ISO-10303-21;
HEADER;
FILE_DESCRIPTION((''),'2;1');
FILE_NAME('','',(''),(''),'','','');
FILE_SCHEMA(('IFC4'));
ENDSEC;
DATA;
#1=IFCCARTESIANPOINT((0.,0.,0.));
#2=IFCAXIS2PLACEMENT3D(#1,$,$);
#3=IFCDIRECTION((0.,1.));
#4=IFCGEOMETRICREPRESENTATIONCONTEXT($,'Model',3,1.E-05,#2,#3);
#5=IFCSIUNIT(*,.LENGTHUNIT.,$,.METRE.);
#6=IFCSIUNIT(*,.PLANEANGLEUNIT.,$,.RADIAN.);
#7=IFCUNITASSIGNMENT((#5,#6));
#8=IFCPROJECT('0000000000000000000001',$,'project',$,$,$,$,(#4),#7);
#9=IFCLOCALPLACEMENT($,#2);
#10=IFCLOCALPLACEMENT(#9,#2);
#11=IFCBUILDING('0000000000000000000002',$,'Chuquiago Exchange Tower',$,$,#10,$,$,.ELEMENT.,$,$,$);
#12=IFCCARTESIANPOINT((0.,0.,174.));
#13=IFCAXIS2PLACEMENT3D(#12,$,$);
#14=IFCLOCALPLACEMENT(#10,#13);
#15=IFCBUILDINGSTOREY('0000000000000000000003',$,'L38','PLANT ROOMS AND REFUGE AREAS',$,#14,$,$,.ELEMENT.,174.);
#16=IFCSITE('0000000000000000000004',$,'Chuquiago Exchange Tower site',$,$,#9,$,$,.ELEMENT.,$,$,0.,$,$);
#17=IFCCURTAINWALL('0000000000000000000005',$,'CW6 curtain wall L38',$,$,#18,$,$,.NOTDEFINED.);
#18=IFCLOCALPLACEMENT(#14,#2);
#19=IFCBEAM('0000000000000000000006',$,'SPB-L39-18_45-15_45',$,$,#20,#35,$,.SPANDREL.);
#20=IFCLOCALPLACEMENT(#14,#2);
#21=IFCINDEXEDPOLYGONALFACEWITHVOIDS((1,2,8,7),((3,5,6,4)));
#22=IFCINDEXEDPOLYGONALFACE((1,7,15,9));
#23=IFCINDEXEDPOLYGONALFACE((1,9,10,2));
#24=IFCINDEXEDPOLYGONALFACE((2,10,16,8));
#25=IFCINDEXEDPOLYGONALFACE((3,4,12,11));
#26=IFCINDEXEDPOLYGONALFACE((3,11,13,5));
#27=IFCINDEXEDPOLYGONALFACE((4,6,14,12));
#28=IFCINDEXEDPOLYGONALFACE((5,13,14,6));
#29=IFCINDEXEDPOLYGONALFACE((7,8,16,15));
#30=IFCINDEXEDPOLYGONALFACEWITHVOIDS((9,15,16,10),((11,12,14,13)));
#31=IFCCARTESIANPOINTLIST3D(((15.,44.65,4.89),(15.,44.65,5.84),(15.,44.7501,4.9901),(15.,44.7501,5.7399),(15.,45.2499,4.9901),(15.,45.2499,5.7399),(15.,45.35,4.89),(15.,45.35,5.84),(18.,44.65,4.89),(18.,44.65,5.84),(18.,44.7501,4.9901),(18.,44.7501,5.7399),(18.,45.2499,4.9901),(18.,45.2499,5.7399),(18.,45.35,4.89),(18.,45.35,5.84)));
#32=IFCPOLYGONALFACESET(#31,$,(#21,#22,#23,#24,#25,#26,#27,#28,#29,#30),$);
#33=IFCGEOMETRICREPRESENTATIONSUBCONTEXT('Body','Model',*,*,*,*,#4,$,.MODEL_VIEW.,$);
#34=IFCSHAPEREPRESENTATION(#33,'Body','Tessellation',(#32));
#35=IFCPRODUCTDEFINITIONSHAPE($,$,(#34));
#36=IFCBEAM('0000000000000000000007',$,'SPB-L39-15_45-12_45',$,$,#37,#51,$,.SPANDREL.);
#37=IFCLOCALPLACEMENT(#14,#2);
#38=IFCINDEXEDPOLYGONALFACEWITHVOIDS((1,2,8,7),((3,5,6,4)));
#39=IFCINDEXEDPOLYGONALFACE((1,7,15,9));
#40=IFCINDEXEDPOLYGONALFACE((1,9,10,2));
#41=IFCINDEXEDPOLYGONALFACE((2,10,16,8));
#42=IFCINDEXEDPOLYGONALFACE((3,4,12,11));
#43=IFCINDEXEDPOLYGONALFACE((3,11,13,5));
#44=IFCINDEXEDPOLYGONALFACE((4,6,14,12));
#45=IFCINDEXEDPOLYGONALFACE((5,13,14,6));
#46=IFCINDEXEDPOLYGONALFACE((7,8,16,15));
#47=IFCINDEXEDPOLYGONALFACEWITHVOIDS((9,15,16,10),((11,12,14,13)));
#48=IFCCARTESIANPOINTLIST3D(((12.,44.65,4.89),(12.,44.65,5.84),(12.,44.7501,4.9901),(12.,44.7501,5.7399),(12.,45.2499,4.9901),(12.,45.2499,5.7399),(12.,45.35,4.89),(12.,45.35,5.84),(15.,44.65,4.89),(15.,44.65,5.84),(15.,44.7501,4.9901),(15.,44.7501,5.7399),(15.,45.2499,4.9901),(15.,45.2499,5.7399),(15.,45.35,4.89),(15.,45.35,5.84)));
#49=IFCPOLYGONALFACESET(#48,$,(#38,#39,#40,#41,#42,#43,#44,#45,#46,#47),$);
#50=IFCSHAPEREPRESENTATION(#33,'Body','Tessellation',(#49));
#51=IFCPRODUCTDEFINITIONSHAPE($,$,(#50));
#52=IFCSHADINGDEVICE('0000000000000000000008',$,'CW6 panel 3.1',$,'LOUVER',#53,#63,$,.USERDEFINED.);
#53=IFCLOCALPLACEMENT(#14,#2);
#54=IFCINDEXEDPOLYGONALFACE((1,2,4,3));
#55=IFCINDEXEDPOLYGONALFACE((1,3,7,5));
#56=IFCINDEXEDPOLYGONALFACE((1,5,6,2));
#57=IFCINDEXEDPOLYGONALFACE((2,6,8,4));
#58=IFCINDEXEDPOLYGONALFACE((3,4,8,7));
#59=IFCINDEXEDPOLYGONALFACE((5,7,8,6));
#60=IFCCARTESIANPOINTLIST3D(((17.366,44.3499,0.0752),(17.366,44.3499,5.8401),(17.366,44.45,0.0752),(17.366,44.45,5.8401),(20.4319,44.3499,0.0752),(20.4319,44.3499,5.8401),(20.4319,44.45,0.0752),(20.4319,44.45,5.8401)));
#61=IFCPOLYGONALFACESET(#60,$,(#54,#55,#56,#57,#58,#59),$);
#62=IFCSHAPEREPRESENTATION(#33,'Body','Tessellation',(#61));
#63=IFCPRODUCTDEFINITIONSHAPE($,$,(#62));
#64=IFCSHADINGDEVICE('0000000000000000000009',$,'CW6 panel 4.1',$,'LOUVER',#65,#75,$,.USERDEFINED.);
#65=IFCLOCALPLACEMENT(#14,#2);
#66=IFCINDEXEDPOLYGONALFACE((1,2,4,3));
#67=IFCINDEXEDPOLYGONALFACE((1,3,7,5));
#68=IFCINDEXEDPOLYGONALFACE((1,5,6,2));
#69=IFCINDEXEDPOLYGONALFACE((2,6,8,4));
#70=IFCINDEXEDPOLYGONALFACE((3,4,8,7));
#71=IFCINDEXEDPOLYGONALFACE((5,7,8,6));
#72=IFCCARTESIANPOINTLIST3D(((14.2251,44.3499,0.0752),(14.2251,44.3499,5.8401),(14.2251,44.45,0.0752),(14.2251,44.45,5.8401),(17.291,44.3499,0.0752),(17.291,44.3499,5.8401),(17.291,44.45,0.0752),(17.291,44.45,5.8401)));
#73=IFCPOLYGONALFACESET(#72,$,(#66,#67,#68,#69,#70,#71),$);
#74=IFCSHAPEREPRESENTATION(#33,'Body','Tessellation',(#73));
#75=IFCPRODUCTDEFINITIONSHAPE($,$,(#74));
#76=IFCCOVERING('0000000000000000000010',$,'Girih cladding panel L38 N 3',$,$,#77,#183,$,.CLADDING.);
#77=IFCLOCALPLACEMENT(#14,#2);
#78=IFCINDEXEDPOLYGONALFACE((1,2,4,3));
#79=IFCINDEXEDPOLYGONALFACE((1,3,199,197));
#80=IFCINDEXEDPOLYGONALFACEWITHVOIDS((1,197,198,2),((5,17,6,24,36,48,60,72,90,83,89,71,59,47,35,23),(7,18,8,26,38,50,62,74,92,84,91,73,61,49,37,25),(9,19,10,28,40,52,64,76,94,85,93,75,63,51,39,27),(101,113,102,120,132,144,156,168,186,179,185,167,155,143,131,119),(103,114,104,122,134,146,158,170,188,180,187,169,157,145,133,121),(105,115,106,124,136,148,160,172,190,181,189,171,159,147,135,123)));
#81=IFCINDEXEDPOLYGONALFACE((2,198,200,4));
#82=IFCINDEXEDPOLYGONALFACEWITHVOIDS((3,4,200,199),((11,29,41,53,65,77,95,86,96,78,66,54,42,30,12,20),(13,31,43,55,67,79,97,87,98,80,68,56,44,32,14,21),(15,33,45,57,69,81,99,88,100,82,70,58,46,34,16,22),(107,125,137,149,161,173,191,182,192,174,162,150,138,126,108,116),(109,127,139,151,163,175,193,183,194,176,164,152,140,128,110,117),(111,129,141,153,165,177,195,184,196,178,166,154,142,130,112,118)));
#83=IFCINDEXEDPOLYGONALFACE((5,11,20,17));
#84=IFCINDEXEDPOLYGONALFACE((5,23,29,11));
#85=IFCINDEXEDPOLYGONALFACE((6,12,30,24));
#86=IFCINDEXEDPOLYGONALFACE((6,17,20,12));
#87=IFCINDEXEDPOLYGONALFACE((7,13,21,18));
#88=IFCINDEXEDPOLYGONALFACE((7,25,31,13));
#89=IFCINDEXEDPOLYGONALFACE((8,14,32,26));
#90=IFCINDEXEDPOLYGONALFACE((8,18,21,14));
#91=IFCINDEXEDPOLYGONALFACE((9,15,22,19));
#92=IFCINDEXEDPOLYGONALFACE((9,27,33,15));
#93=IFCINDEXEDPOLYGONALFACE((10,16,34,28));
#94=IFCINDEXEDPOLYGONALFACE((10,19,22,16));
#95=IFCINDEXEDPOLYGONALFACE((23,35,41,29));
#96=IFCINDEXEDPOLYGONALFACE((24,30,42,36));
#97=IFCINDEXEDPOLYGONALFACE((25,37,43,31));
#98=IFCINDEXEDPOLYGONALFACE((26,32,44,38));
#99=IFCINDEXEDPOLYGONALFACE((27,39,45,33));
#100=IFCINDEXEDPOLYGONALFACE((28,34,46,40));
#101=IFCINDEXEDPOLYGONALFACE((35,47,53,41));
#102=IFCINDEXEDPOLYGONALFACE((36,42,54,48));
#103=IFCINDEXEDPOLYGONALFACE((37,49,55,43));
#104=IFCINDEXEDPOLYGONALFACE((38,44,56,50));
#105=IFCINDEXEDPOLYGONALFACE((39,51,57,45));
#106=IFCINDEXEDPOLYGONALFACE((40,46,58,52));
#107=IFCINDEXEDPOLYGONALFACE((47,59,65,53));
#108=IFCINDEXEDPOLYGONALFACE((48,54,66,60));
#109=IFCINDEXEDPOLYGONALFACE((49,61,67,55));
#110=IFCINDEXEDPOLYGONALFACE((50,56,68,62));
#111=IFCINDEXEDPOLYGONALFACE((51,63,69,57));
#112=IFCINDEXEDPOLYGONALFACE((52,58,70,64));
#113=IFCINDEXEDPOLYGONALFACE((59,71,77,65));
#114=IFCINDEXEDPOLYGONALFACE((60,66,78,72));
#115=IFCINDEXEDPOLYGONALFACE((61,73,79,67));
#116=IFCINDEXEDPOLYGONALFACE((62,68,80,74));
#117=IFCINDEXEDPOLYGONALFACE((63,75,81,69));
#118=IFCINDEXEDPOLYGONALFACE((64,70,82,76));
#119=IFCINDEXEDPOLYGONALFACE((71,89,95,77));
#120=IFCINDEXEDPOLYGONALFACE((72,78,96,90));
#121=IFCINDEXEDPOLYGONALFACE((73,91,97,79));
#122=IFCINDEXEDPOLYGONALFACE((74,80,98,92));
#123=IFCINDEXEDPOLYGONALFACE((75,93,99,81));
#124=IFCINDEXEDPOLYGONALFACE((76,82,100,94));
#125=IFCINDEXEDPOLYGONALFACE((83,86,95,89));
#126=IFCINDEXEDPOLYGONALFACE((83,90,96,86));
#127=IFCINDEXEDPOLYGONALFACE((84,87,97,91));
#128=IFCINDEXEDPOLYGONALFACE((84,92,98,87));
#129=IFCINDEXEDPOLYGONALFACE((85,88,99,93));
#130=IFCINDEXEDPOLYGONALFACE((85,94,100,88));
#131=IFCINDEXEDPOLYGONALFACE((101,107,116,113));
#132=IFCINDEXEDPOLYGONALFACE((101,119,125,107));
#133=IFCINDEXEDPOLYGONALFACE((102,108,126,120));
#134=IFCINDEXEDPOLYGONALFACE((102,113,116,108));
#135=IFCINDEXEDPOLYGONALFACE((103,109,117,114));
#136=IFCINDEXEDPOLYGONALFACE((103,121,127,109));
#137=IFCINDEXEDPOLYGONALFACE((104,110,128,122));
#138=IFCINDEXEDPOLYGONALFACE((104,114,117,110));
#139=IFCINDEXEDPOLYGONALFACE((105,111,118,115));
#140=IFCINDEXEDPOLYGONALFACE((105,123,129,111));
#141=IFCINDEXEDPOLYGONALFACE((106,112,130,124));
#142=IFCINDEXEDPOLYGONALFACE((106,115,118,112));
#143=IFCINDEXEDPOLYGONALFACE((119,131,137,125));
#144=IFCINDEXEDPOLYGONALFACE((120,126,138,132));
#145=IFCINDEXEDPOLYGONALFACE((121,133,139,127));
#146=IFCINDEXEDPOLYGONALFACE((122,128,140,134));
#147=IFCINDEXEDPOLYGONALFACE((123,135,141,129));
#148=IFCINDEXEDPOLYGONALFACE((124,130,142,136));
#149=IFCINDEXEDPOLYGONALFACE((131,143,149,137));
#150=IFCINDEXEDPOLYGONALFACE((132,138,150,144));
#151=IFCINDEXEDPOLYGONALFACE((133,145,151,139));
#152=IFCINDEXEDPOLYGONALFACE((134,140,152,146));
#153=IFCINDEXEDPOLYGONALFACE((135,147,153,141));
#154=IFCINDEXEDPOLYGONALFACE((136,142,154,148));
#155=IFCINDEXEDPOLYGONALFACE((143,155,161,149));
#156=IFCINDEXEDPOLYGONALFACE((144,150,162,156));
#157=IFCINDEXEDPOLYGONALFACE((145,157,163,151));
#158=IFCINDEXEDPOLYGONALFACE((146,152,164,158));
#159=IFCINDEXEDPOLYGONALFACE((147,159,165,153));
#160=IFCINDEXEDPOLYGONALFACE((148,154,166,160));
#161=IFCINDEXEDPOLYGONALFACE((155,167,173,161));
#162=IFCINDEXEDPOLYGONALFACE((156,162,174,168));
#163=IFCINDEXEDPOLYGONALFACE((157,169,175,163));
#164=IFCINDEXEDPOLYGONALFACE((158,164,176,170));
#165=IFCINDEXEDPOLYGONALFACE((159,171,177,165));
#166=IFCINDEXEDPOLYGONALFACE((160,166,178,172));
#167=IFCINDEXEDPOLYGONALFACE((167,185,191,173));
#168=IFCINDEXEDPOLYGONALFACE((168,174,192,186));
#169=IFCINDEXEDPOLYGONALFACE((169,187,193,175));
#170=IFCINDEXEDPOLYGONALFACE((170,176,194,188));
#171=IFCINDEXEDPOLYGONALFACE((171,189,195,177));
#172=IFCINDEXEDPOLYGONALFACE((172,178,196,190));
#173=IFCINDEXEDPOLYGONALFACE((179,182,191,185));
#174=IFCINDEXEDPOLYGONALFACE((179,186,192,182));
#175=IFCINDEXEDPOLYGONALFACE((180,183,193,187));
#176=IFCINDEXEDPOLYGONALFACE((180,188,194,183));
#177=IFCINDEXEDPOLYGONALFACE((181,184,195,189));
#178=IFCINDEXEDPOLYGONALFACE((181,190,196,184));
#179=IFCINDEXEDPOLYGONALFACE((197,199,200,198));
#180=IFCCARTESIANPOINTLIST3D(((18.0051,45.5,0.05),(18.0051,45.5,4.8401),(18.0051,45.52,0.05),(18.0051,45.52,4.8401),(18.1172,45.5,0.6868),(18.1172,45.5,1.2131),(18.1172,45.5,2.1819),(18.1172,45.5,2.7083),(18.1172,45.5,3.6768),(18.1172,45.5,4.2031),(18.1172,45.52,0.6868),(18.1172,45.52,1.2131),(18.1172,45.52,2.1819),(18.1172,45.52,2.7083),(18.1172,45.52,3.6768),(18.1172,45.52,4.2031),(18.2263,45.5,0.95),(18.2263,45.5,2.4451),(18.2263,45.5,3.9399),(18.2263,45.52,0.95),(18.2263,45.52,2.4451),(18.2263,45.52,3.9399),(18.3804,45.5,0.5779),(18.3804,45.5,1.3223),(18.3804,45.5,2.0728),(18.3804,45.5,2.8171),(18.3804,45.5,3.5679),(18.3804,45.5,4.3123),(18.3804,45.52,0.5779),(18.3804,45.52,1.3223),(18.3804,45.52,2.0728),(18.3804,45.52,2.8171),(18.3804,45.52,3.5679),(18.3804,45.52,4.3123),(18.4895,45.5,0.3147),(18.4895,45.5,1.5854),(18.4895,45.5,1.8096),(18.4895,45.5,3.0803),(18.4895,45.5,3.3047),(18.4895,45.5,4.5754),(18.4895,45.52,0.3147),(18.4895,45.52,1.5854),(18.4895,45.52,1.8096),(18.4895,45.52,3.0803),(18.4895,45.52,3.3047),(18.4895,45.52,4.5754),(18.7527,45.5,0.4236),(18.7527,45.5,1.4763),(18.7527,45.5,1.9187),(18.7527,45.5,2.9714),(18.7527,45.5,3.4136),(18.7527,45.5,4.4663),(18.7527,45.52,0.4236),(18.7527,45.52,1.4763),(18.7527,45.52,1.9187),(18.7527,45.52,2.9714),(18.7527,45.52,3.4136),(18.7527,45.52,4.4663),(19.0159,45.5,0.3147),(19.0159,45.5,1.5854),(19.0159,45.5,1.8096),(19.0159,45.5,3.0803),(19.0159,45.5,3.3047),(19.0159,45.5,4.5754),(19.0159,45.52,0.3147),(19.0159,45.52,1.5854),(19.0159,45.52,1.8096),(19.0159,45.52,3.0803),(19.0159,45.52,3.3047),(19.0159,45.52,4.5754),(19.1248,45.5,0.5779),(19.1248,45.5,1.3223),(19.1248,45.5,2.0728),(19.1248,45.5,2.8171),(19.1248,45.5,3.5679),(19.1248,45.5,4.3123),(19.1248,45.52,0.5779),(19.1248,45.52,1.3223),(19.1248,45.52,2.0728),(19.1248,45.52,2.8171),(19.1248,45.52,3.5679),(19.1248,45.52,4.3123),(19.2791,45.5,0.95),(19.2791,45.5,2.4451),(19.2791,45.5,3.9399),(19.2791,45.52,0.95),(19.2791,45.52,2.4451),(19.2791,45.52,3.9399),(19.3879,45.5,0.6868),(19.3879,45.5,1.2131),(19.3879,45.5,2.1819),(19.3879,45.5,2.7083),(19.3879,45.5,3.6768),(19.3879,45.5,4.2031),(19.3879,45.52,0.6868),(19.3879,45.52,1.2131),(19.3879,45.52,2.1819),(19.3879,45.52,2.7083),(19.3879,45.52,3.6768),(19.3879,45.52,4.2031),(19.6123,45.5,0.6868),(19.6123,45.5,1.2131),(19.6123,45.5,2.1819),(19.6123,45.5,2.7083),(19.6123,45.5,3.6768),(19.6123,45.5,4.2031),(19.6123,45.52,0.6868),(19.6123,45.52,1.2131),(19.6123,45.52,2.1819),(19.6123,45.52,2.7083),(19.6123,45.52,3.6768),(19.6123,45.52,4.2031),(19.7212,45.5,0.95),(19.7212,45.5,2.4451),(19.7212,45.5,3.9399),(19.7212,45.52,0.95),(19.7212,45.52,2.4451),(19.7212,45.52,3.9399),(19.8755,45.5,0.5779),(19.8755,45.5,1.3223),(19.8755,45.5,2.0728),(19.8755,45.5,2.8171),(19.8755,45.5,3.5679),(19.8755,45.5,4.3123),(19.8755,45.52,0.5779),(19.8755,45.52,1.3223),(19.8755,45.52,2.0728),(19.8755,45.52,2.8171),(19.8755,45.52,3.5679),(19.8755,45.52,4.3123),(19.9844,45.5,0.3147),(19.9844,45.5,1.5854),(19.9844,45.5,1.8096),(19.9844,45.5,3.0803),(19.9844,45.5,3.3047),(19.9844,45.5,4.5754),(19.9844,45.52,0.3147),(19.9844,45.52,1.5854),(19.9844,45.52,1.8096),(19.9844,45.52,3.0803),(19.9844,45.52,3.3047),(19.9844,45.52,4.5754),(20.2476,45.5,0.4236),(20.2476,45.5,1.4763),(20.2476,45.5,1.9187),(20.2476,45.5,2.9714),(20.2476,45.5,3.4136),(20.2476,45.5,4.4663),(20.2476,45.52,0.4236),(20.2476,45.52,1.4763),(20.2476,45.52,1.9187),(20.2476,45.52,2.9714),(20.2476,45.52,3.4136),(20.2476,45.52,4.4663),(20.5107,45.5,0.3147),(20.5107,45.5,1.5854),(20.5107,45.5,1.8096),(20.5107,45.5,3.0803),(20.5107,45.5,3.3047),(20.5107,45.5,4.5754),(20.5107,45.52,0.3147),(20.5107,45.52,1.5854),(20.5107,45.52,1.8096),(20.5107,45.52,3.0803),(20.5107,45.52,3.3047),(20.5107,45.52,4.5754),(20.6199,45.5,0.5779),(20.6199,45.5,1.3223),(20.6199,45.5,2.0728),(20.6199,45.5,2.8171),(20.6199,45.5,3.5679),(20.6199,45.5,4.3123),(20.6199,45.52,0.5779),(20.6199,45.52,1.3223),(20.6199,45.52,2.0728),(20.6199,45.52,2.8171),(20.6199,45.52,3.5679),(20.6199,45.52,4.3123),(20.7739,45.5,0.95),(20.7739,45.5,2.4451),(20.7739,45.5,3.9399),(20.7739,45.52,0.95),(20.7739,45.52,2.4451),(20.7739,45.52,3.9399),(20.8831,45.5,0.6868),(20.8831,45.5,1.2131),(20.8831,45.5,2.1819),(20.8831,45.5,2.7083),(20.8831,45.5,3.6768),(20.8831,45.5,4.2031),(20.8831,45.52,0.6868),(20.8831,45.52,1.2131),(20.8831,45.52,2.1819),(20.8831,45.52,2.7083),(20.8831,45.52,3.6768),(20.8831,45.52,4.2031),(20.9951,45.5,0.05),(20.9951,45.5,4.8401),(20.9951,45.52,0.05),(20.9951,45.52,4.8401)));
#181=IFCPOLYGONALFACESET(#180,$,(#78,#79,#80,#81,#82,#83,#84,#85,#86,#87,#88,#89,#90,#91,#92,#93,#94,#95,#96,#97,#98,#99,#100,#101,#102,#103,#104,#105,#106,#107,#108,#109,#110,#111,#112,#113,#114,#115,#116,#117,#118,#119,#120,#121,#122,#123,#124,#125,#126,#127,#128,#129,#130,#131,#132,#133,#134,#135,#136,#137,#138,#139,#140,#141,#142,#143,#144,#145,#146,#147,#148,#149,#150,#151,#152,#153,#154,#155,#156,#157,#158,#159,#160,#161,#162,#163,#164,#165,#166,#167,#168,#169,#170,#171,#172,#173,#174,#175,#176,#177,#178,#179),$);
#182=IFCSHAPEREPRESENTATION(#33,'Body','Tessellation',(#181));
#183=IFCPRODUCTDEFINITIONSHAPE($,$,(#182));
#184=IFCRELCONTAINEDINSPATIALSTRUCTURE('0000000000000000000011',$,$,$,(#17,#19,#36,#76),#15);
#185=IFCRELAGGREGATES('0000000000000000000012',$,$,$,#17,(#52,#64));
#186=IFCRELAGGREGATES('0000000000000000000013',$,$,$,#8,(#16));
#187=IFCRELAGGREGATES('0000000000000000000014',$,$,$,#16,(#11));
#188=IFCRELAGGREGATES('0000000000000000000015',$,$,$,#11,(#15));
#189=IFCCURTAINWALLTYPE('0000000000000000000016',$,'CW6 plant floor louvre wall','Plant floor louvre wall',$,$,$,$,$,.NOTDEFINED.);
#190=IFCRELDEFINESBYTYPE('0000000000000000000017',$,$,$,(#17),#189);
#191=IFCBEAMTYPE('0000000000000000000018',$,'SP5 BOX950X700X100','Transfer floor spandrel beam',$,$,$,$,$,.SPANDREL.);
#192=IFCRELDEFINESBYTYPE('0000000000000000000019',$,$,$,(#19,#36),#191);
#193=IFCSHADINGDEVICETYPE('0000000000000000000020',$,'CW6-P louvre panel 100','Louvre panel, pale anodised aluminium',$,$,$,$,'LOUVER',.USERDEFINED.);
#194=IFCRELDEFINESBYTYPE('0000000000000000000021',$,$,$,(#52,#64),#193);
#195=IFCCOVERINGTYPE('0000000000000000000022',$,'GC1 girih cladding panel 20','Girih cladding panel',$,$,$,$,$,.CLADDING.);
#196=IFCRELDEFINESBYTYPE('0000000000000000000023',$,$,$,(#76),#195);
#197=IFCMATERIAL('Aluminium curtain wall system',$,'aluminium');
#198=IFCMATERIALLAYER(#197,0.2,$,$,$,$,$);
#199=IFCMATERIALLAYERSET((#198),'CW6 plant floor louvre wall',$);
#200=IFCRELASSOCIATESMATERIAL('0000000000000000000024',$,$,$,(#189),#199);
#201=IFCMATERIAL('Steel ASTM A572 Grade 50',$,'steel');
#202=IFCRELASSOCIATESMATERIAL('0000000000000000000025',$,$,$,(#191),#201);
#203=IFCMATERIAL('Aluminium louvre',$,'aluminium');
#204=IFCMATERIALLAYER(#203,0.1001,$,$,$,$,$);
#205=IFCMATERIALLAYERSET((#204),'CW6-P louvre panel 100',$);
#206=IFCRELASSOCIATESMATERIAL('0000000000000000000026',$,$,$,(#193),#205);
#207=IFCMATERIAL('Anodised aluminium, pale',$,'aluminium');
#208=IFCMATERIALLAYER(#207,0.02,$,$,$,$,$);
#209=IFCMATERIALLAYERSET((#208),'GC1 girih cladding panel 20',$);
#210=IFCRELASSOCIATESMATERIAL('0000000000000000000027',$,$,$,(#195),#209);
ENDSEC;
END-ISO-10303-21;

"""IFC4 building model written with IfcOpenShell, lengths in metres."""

from ifc_helpers import new_model, si_unit, direction, frame, origin, origin_2d, place, context, subcontext, project, spatial, polyline, rectangle, hollow_rectangle, outline, extrude, material, layer, layer_set, material_profile, profile_set, type_object, element, aggregate, save


model = new_model("IFC4")

# Units and contexts
model_context = context("Model", 3, precision=1e-05, world=origin(), true_north=direction((0.0, 1.0)))
body_context = subcontext(model_context, "Body", "Model", "MODEL_VIEW")
ifc_project = project(units=[si_unit("LENGTHUNIT", "METRE"), si_unit("PLANEANGLEUNIT", "RADIAN")], contexts=[model_context])

# Site, building, storey
site_placement = place(None, origin())
site = spatial("IfcSite", under=ifc_project, at=site_placement, Name="Chuquiago Exchange Tower site", CompositionType="ELEMENT", RefElevation=0.0)
building_placement = place(site_placement, origin())
building = spatial("IfcBuilding", under=site, at=building_placement, Name="Chuquiago Exchange Tower", CompositionType="ELEMENT")
storey_placement = place(building_placement, frame((0.0, 0.0, 174.0)))
storey = spatial("IfcBuildingStorey", under=building, at=storey_placement, Name="L38", Description="PLANT ROOMS AND REFUGE AREAS", CompositionType="ELEMENT", Elevation=174.0)

# Curtain wall
ifc_material_1 = material(Name="Aluminium curtain wall system", Category="aluminium")
ifc_layer_1 = layer(ifc_material_1, 0.2)
ifc_layer_set_1 = layer_set([ifc_layer_1], Name="CW6 plant floor louvre wall")
curtain_wall_type = type_object("IfcCurtainWallType", Name="CW6 plant floor louvre wall", Description="Plant floor louvre wall", PredefinedType="NOTDEFINED", material=ifc_layer_set_1)
curtain_wall_placement = place(storey_placement, origin())
curtain_wall = element("IfcCurtainWall", 1, at=curtain_wall_placement, inside=storey, type_object=curtain_wall_type, Name="CW6 curtain wall L38", PredefinedType="NOTDEFINED")

# Beams
ifc_material_2 = material(Name="Steel ASTM A572 Grade 50", Category="steel")
ifc_material_profile_1 = material_profile(ifc_material_2, hollow_rectangle(XDim=0.7, YDim=0.95, WallThickness=0.1001, at=origin_2d()), Name="BOX950X700X100")
ifc_profile_set_1 = profile_set([ifc_material_profile_1], Name="Steel ASTM A572 Grade 50")
beam_type = type_object("IfcBeamType", Name="SP5 BOX950X700X100", Description="Transfer floor spandrel beam", PredefinedType="SPANDREL", material=ifc_profile_set_1)
for number, where, z_axis, x_axis, name in (
    (2, (18.0, 45.0, 5.365), (-1.0, 0.0, 0.0), (0.0, -1.0, 0.0), "SPB-L39-18_45-15_45"),
    (3, (15.0, 45.0, 5.365), (-1.0, 0.0, 0.0), (0.0, -1.0, 0.0), "SPB-L39-15_45-12_45"),
):
    element("IfcBeam", number, at=place(storey_placement, frame(where, z_axis=z_axis, x_axis=x_axis)), inside=storey, type_object=beam_type, Name=name, PredefinedType="SPANDREL", context=body_context, shape_type="SweptSolid", body=[
        extrude(hollow_rectangle(XDim=0.7, YDim=0.95, WallThickness=0.1001, at=origin_2d()), origin(), (0.0, 0.0, 1.0), 3.0),
    ])

# Shading devices
ifc_material_3 = material(Name="Aluminium louvre", Category="aluminium")
ifc_layer_2 = layer(ifc_material_3, 0.1001)
ifc_layer_set_2 = layer_set([ifc_layer_2], Name="CW6-P louvre panel 100")
shading_device_type = type_object("IfcShadingDeviceType", Name="CW6-P louvre panel 100", Description="Louvre panel, pale anodised aluminium", ElementType="LOUVER", PredefinedType="USERDEFINED", material=ifc_layer_set_2)
shading_device_1_placement = place(storey_placement, frame((18.8989, 44.3999, 0.0752), z_axis=(0.0, 0.0, 1.0), x_axis=(-1.0, 0.0, 0.0)))
shading_device_1 = element("IfcShadingDevice", 4, at=shading_device_1_placement, type_object=shading_device_type, Name="CW6 panel 3.1", ObjectType="LOUVER", PredefinedType="USERDEFINED", context=body_context, shape_type="SweptSolid", body=[
    extrude(rectangle(XDim=3.0659, YDim=0.1001, at=origin_2d()), origin(), (0.0, 0.0, 1.0), 5.7649),
])
shading_device_2_placement = place(storey_placement, frame((15.7581, 44.3999, 0.0752), z_axis=(0.0, 0.0, 1.0), x_axis=(-1.0, 0.0, 0.0)))
shading_device_2 = element("IfcShadingDevice", 5, at=shading_device_2_placement, type_object=shading_device_type, Name="CW6 panel 4.1", ObjectType="LOUVER", PredefinedType="USERDEFINED", context=body_context, shape_type="SweptSolid", body=[
    extrude(rectangle(XDim=3.0659, YDim=0.1001, at=origin_2d()), origin(), (0.0, 0.0, 1.0), 5.7649),
])
aggregate(curtain_wall, [shading_device_1, shading_device_2])

# Covering
ifc_material_4 = material(Name="Anodised aluminium, pale", Category="aluminium")
ifc_layer_3 = layer(ifc_material_4, 0.02)
ifc_layer_set_3 = layer_set([ifc_layer_3], Name="GC1 girih cladding panel 20")
covering_type = type_object("IfcCoveringType", Name="GC1 girih cladding panel 20", Description="Girih cladding panel", PredefinedType="CLADDING", material=ifc_layer_set_3)
covering_1_placement = place(storey_placement, frame((20.9951, 45.5, 0.05), z_axis=(0.0, 0.0, 1.0), x_axis=(-1.0, 0.0, 0.0)))
element("IfcCovering", 6, at=covering_1_placement, inside=storey, type_object=covering_type, Name="Girih cladding panel L38 N 3", PredefinedType="CLADDING", context=body_context, shape_type="SweptSolid", body=[
    extrude(outline(polyline([(0.0, 0.0), (2.99, 0.0), (2.99, 4.79), (0.0, 4.79), (0.0, 0.0)]), holes=[polyline([(1.2739, 0.8999), (1.3828, 1.1631), (1.1196, 1.2722), (1.0107, 1.5354), (0.7476, 1.4263), (0.4844, 1.5354), (0.3752, 1.2722), (0.1121, 1.1631), (0.2212, 0.8999), (0.1121, 0.6367), (0.3752, 0.5278), (0.4844, 0.2646), (0.7476, 0.3735), (1.0107, 0.2646), (1.1196, 0.5278), (1.3828, 0.6367), (1.2739, 0.8999)]), polyline([(2.7688, 0.8999), (2.8779, 1.1631), (2.6147, 1.2722), (2.5056, 1.5354), (2.2424, 1.4263), (1.9792, 1.5354), (1.8704, 1.2722), (1.6072, 1.1631), (1.7161, 0.8999), (1.6072, 0.6367), (1.8704, 0.5278), (1.9792, 0.2646), (2.2424, 0.3735), (2.5056, 0.2646), (2.6147, 0.5278), (2.8779, 0.6367), (2.7688, 0.8999)]), polyline([(1.2739, 2.395), (1.3828, 2.6582), (1.1196, 2.7671), (1.0107, 3.0303), (0.7476, 2.9214), (0.4844, 3.0303), (0.3752, 2.7671), (0.1121, 2.6582), (0.2212, 2.395), (0.1121, 2.1318), (0.3752, 2.0227), (0.4844, 1.7595), (0.7476, 1.8687), (1.0107, 1.7595), (1.1196, 2.0227), (1.3828, 2.1318), (1.2739, 2.395)]), polyline([(2.7688, 2.395), (2.8779, 2.6582), (2.6147, 2.7671), (2.5056, 3.0303), (2.2424, 2.9214), (1.9792, 3.0303), (1.8704, 2.7671), (1.6072, 2.6582), (1.7161, 2.395), (1.6072, 2.1318), (1.8704, 2.0227), (1.9792, 1.7595), (2.2424, 1.8687), (2.5056, 1.7595), (2.6147, 2.0227), (2.8779, 2.1318), (2.7688, 2.395)]), polyline([(1.2739, 3.8899), (1.3828, 4.1531), (1.1196, 4.2622), (1.0107, 4.5254), (0.7476, 4.4163), (0.4844, 4.5254), (0.3752, 4.2622), (0.1121, 4.1531), (0.2212, 3.8899), (0.1121, 3.6267), (0.3752, 3.5178), (0.4844, 3.2546), (0.7476, 3.3635), (1.0107, 3.2546), (1.1196, 3.5178), (1.3828, 3.6267), (1.2739, 3.8899)]), polyline([(2.7688, 3.8899), (2.8779, 4.1531), (2.6147, 4.2622), (2.5056, 4.5254), (2.2424, 4.4163), (1.9792, 4.5254), (1.8704, 4.2622), (1.6072, 4.1531), (1.7161, 3.8899), (1.6072, 3.6267), (1.8704, 3.5178), (1.9792, 3.2546), (2.2424, 3.3635), (2.5056, 3.2546), (2.6147, 3.5178), (2.8779, 3.6267), (2.7688, 3.8899)])]), frame((0.0, 0.0, 0.0), z_axis=(0.0, -1.0, 0.0), x_axis=(1.0, 0.0, 0.0)), (0.0, 0.0, 1.0), 0.02),
])

save(model, "model.ifc")
